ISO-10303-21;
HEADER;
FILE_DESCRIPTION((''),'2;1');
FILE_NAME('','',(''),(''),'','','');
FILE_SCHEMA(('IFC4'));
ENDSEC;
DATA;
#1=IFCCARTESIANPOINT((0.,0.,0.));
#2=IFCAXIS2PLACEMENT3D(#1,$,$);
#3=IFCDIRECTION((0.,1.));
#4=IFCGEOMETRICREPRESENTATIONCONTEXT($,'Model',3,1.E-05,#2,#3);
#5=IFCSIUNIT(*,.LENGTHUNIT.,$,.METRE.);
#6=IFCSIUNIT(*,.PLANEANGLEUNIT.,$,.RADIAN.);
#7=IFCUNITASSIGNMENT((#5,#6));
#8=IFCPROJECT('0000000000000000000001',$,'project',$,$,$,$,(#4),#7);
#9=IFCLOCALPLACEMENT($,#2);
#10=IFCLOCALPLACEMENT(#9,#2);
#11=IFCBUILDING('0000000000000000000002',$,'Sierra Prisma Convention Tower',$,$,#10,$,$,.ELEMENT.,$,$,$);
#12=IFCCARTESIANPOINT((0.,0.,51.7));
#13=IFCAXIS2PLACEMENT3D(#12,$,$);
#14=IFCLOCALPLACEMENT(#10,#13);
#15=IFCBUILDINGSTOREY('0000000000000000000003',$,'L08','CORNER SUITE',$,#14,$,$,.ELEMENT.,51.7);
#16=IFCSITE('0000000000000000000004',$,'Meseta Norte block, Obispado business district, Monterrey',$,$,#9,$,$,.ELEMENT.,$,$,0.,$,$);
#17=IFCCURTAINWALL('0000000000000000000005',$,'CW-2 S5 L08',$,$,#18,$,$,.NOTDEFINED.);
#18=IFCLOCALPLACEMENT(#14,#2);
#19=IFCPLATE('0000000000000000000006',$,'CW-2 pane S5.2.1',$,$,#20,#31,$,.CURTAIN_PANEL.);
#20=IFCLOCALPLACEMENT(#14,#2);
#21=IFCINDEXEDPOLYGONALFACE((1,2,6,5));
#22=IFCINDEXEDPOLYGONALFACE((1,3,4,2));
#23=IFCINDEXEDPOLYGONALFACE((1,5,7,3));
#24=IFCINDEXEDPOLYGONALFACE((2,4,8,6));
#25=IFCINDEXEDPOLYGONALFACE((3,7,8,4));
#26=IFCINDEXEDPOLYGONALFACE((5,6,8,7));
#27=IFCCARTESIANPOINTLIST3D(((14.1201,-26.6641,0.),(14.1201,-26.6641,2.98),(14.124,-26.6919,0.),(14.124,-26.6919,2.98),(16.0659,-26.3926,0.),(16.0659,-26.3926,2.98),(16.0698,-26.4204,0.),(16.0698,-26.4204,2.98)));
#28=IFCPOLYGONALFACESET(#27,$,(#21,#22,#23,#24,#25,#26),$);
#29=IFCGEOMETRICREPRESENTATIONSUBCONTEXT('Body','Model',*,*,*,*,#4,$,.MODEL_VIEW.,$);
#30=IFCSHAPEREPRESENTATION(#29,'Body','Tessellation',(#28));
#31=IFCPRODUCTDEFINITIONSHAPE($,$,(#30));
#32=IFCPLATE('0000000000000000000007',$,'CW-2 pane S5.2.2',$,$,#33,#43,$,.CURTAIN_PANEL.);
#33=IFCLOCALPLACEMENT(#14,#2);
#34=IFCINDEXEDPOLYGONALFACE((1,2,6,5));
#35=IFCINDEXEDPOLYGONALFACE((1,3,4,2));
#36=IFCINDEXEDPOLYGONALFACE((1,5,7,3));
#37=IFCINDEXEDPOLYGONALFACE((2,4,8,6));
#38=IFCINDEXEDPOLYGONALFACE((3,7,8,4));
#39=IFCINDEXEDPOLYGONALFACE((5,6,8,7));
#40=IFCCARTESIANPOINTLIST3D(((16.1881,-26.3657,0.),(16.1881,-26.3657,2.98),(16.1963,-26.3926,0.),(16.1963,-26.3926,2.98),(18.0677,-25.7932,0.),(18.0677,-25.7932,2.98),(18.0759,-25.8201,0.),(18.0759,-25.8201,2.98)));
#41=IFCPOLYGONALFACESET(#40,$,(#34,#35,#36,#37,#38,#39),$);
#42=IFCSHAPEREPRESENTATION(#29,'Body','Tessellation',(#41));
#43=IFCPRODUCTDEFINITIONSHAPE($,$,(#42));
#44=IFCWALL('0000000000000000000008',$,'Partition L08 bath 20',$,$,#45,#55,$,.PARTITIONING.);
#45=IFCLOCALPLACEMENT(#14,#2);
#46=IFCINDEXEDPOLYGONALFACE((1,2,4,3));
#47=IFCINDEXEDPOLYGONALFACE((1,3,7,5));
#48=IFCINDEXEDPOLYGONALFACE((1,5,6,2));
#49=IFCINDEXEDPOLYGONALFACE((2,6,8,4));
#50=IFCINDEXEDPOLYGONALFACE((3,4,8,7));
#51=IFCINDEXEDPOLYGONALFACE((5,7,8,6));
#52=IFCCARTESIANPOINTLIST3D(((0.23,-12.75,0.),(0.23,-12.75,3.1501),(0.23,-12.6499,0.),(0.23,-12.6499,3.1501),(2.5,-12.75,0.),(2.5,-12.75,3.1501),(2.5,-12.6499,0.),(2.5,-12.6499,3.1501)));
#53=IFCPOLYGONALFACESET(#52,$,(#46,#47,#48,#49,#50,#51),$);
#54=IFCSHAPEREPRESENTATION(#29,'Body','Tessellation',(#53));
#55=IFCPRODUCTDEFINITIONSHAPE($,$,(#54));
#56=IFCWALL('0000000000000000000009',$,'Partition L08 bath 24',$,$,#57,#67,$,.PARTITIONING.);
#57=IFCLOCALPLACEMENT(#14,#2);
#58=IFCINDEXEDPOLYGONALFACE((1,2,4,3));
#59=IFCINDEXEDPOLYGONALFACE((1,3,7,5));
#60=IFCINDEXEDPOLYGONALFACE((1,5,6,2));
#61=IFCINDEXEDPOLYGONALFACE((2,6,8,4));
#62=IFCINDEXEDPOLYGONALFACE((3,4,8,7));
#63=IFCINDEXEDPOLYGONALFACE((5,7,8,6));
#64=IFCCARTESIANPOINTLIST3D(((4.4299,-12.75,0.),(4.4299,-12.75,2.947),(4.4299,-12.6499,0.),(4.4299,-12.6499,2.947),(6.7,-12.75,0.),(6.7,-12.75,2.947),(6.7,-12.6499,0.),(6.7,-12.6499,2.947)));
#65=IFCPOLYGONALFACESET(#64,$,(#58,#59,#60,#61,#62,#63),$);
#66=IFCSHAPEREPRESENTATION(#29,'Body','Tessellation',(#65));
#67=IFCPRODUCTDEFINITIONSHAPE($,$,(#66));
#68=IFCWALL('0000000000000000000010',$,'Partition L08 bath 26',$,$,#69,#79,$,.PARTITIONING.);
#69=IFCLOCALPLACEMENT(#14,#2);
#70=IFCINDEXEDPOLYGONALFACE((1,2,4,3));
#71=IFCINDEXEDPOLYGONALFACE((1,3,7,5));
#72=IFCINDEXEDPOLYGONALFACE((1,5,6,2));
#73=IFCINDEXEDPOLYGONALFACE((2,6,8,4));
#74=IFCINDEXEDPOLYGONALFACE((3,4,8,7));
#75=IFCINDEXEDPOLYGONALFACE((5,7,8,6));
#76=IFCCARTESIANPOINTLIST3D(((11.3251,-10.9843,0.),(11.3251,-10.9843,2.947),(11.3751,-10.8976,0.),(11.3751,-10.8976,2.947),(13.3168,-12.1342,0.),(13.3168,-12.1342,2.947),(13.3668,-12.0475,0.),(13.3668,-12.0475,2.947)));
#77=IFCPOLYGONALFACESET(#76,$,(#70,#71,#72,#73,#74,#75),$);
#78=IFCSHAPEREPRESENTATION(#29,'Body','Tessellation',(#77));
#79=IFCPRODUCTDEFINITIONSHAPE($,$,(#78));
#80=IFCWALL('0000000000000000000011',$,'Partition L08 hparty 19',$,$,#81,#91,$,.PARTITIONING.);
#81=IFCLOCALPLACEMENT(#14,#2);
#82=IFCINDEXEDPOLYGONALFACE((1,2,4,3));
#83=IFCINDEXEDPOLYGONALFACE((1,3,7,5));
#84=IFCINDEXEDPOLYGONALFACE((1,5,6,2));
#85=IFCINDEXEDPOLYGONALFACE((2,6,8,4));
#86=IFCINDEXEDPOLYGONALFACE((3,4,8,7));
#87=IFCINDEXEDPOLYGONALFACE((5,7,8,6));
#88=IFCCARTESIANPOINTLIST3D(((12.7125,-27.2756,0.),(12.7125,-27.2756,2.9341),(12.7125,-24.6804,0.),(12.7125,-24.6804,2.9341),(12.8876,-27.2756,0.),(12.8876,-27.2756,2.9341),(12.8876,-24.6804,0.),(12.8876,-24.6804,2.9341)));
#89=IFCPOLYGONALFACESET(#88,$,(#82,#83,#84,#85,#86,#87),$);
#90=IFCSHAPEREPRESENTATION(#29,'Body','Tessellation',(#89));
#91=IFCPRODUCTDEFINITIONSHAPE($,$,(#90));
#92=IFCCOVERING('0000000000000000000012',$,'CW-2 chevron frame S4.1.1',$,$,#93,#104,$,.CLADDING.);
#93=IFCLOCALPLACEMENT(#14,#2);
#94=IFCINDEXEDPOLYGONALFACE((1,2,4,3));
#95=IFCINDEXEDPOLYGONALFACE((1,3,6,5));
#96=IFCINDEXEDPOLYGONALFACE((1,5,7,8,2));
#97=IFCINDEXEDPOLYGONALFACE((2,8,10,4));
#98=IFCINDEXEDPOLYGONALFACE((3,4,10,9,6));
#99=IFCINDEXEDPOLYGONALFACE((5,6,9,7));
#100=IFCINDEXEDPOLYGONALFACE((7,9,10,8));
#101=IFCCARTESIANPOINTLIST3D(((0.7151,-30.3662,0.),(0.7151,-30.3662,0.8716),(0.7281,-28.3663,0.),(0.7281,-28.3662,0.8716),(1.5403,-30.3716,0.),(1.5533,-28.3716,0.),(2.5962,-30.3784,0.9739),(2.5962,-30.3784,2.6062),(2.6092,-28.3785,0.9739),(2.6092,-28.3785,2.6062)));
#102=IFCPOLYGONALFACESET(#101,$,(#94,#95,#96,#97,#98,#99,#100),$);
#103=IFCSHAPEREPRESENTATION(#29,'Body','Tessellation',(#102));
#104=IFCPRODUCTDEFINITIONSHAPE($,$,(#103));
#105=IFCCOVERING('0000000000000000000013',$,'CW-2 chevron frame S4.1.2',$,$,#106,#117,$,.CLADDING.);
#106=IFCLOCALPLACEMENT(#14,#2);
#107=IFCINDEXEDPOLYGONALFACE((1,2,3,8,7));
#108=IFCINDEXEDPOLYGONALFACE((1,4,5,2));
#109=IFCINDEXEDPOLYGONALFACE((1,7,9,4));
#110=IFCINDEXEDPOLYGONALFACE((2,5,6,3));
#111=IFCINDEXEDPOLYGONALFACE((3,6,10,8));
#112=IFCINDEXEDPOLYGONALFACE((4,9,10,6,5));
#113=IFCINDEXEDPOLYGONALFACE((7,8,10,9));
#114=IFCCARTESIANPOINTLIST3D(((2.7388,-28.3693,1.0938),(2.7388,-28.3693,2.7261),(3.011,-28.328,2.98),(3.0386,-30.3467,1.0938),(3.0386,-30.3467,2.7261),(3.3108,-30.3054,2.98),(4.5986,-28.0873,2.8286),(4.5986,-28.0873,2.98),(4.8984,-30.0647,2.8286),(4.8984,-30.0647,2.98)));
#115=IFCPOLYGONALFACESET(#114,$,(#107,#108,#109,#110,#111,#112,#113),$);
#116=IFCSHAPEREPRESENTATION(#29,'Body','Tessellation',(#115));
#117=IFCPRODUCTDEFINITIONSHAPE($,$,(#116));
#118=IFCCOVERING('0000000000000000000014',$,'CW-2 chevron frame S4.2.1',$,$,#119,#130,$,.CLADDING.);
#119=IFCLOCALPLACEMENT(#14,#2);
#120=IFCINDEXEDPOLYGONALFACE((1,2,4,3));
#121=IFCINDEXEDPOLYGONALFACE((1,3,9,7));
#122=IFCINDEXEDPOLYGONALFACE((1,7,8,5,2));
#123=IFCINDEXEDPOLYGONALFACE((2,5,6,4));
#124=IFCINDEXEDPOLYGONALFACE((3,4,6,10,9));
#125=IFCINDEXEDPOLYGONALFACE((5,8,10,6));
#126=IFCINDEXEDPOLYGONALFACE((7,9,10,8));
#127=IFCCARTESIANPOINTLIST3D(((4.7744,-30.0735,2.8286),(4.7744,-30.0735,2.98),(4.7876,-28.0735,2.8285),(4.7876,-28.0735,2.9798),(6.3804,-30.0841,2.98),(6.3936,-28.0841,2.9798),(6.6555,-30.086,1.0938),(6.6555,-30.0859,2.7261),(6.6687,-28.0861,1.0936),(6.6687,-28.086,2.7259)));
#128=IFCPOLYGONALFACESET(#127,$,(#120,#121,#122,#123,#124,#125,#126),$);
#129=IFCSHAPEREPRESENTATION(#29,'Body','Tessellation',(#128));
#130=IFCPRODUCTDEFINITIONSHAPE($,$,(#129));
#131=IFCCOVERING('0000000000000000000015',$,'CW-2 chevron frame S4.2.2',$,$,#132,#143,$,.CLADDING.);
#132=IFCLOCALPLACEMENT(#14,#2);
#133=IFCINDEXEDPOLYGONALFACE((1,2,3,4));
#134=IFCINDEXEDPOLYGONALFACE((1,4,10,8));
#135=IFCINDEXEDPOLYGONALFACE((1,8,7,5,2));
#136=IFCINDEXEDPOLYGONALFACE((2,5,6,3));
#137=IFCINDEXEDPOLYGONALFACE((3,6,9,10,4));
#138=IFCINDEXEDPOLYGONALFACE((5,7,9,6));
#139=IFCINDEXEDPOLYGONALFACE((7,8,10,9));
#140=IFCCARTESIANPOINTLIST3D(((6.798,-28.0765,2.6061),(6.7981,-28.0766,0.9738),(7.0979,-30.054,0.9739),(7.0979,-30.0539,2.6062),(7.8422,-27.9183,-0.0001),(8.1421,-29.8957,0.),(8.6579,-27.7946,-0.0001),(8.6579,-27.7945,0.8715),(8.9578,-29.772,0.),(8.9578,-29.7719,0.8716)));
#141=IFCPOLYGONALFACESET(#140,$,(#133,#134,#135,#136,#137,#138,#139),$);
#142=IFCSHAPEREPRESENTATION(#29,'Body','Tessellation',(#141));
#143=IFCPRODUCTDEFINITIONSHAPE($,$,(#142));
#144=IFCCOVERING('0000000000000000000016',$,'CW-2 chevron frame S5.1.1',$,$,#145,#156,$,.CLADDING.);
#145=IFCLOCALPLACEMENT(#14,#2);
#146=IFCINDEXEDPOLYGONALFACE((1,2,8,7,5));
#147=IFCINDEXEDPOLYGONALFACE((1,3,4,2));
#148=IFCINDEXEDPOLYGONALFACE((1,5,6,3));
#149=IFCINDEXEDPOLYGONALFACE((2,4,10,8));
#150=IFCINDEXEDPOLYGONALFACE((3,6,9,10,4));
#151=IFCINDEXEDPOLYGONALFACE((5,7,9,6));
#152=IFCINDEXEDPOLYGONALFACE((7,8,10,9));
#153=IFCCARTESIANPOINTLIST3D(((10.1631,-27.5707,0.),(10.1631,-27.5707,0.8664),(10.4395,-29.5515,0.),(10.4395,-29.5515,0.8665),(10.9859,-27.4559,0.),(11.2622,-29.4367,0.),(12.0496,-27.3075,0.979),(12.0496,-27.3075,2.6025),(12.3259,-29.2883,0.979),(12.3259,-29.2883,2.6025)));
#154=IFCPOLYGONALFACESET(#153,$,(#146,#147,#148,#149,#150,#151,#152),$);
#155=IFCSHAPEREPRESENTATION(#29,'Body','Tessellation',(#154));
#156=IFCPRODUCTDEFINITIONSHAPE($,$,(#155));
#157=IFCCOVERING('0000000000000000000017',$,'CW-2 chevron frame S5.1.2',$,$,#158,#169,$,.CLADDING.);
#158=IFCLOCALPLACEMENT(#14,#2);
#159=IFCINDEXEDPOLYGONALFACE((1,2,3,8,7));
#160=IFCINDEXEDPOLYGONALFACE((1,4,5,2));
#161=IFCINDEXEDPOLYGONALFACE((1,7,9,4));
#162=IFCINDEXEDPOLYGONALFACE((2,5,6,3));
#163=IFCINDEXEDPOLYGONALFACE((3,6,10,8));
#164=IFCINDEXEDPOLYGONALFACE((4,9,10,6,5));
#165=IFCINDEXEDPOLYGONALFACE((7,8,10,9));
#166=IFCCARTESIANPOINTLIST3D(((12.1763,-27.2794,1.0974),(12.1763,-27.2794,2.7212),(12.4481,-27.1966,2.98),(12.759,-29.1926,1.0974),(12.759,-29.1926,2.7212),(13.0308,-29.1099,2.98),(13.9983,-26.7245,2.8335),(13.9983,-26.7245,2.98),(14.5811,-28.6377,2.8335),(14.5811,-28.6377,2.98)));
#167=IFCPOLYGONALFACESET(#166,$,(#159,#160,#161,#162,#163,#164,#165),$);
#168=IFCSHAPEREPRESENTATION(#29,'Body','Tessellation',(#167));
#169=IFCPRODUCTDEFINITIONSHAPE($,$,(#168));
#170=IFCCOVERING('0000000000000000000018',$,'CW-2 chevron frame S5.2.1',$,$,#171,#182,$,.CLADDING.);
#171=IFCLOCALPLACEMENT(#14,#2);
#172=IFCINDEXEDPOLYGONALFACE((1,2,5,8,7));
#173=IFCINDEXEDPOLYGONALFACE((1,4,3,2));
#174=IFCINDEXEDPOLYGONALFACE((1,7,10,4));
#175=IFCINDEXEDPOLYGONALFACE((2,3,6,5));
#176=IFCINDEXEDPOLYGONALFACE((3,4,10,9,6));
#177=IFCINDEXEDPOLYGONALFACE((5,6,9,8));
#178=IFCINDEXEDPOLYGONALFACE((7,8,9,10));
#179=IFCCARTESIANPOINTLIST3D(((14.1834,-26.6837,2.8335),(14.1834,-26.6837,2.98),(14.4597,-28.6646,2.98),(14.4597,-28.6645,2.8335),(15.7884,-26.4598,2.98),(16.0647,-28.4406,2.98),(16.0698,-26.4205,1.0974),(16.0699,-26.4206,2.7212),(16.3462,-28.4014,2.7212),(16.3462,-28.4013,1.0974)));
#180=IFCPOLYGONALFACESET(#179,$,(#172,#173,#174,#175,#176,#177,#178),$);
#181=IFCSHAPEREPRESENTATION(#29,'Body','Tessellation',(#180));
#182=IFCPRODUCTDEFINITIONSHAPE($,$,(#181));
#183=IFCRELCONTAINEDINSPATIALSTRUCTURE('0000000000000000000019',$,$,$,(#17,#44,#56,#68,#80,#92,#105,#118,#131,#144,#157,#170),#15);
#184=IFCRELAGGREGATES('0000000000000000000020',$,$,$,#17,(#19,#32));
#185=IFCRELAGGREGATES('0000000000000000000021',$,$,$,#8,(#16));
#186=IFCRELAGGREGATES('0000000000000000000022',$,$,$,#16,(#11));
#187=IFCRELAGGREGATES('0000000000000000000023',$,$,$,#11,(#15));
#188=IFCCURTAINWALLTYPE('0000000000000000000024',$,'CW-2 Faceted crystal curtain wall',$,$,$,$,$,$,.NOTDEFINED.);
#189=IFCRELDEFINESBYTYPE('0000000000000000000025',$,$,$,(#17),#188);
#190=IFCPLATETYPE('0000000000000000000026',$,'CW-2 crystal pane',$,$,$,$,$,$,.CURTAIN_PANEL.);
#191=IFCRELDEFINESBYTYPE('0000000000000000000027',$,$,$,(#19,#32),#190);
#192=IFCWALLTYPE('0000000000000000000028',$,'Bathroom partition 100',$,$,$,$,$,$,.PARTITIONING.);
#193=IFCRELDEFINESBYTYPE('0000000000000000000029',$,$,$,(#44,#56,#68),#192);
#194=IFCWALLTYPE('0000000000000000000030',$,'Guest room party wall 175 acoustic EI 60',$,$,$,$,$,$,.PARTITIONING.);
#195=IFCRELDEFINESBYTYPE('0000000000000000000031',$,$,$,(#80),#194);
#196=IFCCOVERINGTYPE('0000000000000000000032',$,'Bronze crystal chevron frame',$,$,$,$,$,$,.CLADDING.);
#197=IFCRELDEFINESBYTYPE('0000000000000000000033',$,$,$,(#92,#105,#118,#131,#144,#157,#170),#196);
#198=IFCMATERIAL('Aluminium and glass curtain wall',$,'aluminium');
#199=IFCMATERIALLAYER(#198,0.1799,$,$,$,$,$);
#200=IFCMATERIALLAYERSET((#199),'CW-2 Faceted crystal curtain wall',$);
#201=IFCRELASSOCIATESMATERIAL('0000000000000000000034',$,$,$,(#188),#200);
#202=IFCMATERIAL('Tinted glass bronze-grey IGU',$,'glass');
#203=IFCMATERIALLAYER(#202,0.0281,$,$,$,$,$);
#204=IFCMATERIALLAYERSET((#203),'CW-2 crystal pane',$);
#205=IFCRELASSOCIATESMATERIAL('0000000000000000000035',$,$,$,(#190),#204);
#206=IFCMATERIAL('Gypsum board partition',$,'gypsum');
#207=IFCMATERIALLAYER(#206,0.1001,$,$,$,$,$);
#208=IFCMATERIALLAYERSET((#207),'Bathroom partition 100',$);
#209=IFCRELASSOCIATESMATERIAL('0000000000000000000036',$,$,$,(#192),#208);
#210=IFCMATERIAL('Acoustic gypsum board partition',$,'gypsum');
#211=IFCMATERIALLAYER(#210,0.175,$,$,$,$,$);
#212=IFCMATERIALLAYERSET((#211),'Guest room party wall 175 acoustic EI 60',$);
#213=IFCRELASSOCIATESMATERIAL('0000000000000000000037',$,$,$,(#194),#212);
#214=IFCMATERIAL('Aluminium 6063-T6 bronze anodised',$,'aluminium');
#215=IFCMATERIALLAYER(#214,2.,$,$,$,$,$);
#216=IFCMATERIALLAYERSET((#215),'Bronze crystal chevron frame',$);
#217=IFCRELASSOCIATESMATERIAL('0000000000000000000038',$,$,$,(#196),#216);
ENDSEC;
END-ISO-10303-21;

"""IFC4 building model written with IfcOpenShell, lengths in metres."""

from ifc_helpers import new_model, si_unit, direction, frame, frame_2d, origin, place, context, subcontext, project, spatial, polyline, rectangle, outline, extrude, material, layer, layer_set, type_object, element, aggregate, save


model = new_model("IFC4")

# Units and contexts
model_context = context("Model", 3, precision=1e-05, world=origin(), true_north=direction((0.0, 1.0)))
body_context = subcontext(model_context, "Body", "Model", "MODEL_VIEW")
ifc_project = project(units=[si_unit("LENGTHUNIT", "METRE"), si_unit("PLANEANGLEUNIT", "RADIAN")], contexts=[model_context])

# Site, building, storey
site_placement = place(None, origin())
site = spatial("IfcSite", under=ifc_project, at=site_placement, Name="Meseta Norte block, Obispado business district, Monterrey", CompositionType="ELEMENT", RefElevation=0.0)
building_placement = place(site_placement, origin())
building = spatial("IfcBuilding", under=site, at=building_placement, Name="Sierra Prisma Convention Tower", CompositionType="ELEMENT")
storey_placement = place(building_placement, frame((0.0, 0.0, 51.7)))
storey = spatial("IfcBuildingStorey", under=building, at=storey_placement, Name="L08", Description="CORNER SUITE", CompositionType="ELEMENT", Elevation=51.7)

# Curtain wall
ifc_material_1 = material(Name="Aluminium and glass curtain wall", Category="aluminium")
ifc_layer_1 = layer(ifc_material_1, 0.1799)
ifc_layer_set_1 = layer_set([ifc_layer_1], Name="CW-2 Faceted crystal curtain wall")
curtain_wall_type = type_object("IfcCurtainWallType", Name="CW-2 Faceted crystal curtain wall", PredefinedType="NOTDEFINED", material=ifc_layer_set_1)
curtain_wall_1_placement = place(storey_placement, origin())
curtain_wall_1 = element("IfcCurtainWall", 1, at=curtain_wall_1_placement, inside=storey, type_object=curtain_wall_type, Name="CW-2 S5 L08", PredefinedType="NOTDEFINED")

# Plates
ifc_material_2 = material(Name="Tinted glass bronze-grey IGU", Category="glass")
ifc_layer_2 = layer(ifc_material_2, 0.0281)
ifc_layer_set_2 = layer_set([ifc_layer_2], Name="CW-2 crystal pane")
plate_type = type_object("IfcPlateType", Name="CW-2 crystal pane", PredefinedType="CURTAIN_PANEL", material=ifc_layer_set_2)
plate_1_placement = place(storey_placement, frame((14.124, -26.6919, 0.0), z_axis=(0.138185, -0.990406, 0.0), x_axis=(0.990406, 0.138185, 0.0)))
plate_1 = element("IfcPlate", 2, at=plate_1_placement, type_object=plate_type, Name="CW-2 pane S5.2.1", PredefinedType="CURTAIN_PANEL", context=body_context, shape_type="SweptSolid", body=[
    extrude(outline(polyline([(0.0, 0.0), (1.9646, 0.0), (1.9646, 2.98), (0.0, 2.98), (0.0, 0.0)])), origin(), (0.0, 0.0, -1.0), 0.0281),
])
plate_2_placement = place(storey_placement, frame((18.0759, -25.8201, 0.0), z_axis=(0.291369, -0.956611, 0.0), x_axis=(-0.956611, -0.291369, 0.0)))
plate_2 = element("IfcPlate", 3, at=plate_2_placement, type_object=plate_type, Name="CW-2 pane S5.2.2", PredefinedType="CURTAIN_PANEL", context=body_context, shape_type="SweptSolid", body=[
    extrude(outline(polyline([(0.0, 0.0), (1.9649, 0.0), (1.9649, -2.98), (0.0, -2.98), (0.0, 0.0)])), origin(), (0.0, 0.0, -1.0), 0.0281),
])
aggregate(curtain_wall_1, [plate_1, plate_2])

# Walls
ifc_material_3 = material(Name="Gypsum board partition", Category="gypsum")
ifc_layer_3 = layer(ifc_material_3, 0.1001)
ifc_layer_set_3 = layer_set([ifc_layer_3], Name="Bathroom partition 100")
wall_type_1 = type_object("IfcWallType", Name="Bathroom partition 100", PredefinedType="PARTITIONING", material=ifc_layer_set_3)
wall_1_placement = place(storey_placement, frame((2.5, -12.7, 0.0), z_axis=(0.0, 0.0, 1.0), x_axis=(-1.0, 0.0, 0.0)))
element("IfcWall", 4, at=wall_1_placement, inside=storey, type_object=wall_type_1, Name="Partition L08 bath 20", PredefinedType="PARTITIONING", context=body_context, shape_type="SweptSolid", body=[
    extrude(rectangle(XDim=2.27, YDim=0.1001, at=frame_2d((1.135, 0.0))), origin(), (0.0, 0.0, 1.0), 3.1501),
])
wall_2_placement = place(storey_placement, frame((6.7, -12.7, 0.0), z_axis=(0.0, 0.0, 1.0), x_axis=(-1.0, 0.0, 0.0)))
element("IfcWall", 5, at=wall_2_placement, inside=storey, type_object=wall_type_1, Name="Partition L08 bath 24", PredefinedType="PARTITIONING", context=body_context, shape_type="SweptSolid", body=[
    extrude(rectangle(XDim=2.27, YDim=0.1001, at=frame_2d((1.135, 0.0))), origin(), (0.0, 0.0, 1.0), 2.947),
])
wall_3_placement = place(storey_placement, frame((13.3418, -12.0908, 0.0), z_axis=(0.0, 0.0, 1.0), x_axis=(-0.866026, 0.499998, 0.0)))
element("IfcWall", 6, at=wall_3_placement, inside=storey, type_object=wall_type_1, Name="Partition L08 bath 26", PredefinedType="PARTITIONING", context=body_context, shape_type="SweptSolid", body=[
    extrude(rectangle(XDim=2.2998, YDim=0.1001, at=frame_2d((1.1499, 0.0))), origin(), (0.0, 0.0, 1.0), 2.947),
])
ifc_material_4 = material(Name="Acoustic gypsum board partition", Category="gypsum")
ifc_layer_4 = layer(ifc_material_4, 0.175)
ifc_layer_set_4 = layer_set([ifc_layer_4], Name="Guest room party wall 175 acoustic EI 60")
wall_type_2 = type_object("IfcWallType", Name="Guest room party wall 175 acoustic EI 60", PredefinedType="PARTITIONING", material=ifc_layer_set_4)
wall_4_placement = place(storey_placement, frame((12.8, -24.6804, 0.0), z_axis=(0.0, 0.0, 1.0), x_axis=(0.0, -1.0, 0.0)))
element("IfcWall", 7, at=wall_4_placement, inside=storey, type_object=wall_type_2, Name="Partition L08 hparty 19", PredefinedType="PARTITIONING", context=body_context, shape_type="SweptSolid", body=[
    extrude(rectangle(XDim=2.5952, YDim=0.175, at=frame_2d((1.2976, 0.0))), origin(), (0.0, 0.0, 1.0), 2.9341),
])

# Coverings
ifc_material_5 = material(Name="Aluminium 6063-T6 bronze anodised", Category="aluminium")
ifc_layer_5 = layer(ifc_material_5, 2.0)
ifc_layer_set_5 = layer_set([ifc_layer_5], Name="Bronze crystal chevron frame")
covering_type = type_object("IfcCoveringType", Name="Bronze crystal chevron frame", PredefinedType="CLADDING", material=ifc_layer_set_5)
covering_1_placement = place(storey_placement, frame((0.7151, -30.3662, 0.0), z_axis=(-0.006492, -0.999979, 0.000006), x_axis=(0.999979, -0.006492, 0.0)))
element("IfcCovering", 8, at=covering_1_placement, inside=storey, type_object=covering_type, Name="CW-2 chevron frame S4.1.1", PredefinedType="CLADDING", context=body_context, shape_type="SweptSolid", body=[
    extrude(outline(polyline([(0.0, 0.0), (0.8252, 0.0), (1.8811, 0.9739), (1.8811, 2.6062), (0.0, 0.8716), (0.0, 0.0)])), origin(), (0.0, 0.0, -1.0), 2.0),
])
covering_2_placement = place(storey_placement, frame((3.0386, -30.3467, 2.7261), z_axis=(0.149902, -0.988701, -0.000006), x_axis=(-0.000001, 0.000006, -1.0)))
element("IfcCovering", 9, at=covering_2_placement, inside=storey, type_object=covering_type, Name="CW-2 chevron frame S4.1.2", PredefinedType="CLADDING", context=body_context, shape_type="SweptSolid", body=[
    extrude(outline(polyline([(0.0, 0.0), (1.6323, 0.0), (-0.1025, 1.8811), (-0.2539, 1.8811), (-0.2539, 0.2753), (0.0, 0.0)])), origin(), (0.0, 0.0, -1.0), 2.0),
])
covering_3_placement = place(storey_placement, frame((4.7744, -30.0735, 2.98), z_axis=(-0.00661, -0.999978, 0.000066), x_axis=(0.0, -0.000066, -1.0)))
element("IfcCovering", 10, at=covering_3_placement, inside=storey, type_object=covering_type, Name="CW-2 chevron frame S4.2.1", PredefinedType="CLADDING", context=body_context, shape_type="SweptSolid", body=[
    extrude(outline(polyline([(0.0, 0.0), (0.1514, 0.0), (1.8862, 1.8811), (0.2539, 1.8811), (0.0, 1.606), (0.0, 0.0)])), origin(), (0.0, 0.0, -1.0), 2.0),
])
covering_4_placement = place(storey_placement, frame((8.9578, -29.772, 0.0), z_axis=(0.149921, -0.988698, 0.000038), x_axis=(-0.000006, 0.000037, 1.0)))
element("IfcCovering", 11, at=covering_4_placement, inside=storey, type_object=covering_type, Name="CW-2 chevron frame S4.2.2", PredefinedType="CLADDING", context=body_context, shape_type="SweptSolid", body=[
    extrude(outline(polyline([(0.0, 0.0), (0.8716, 0.0), (2.6062, 1.8811), (0.9739, 1.8811), (0.0, 0.825), (0.0, 0.0)])), origin(), (0.0, 0.0, -1.0), 2.0),
])
covering_5_placement = place(storey_placement, frame((10.4395, -29.5515, 0.0), z_axis=(0.138166, -0.990409, 0.000013), x_axis=(0.990409, 0.138166, 0.0)))
element("IfcCovering", 12, at=covering_5_placement, inside=storey, type_object=covering_type, Name="CW-2 chevron frame S5.1.1", PredefinedType="CLADDING", context=body_context, shape_type="SweptSolid", body=[
    extrude(outline(polyline([(0.0, 0.0), (0.8307, 0.0), (1.9047, 0.979), (1.9047, 2.6025), (0.0, 0.8665), (0.0, 0.0)])), origin(), (0.0, 0.0, -1.0), 2.0),
])
covering_6_placement = place(storey_placement, frame((12.759, -29.1926, 2.7212), z_axis=(0.291355, -0.956615, 0.000002), x_axis=(0.0, -0.000002, -1.0)))
element("IfcCovering", 13, at=covering_6_placement, inside=storey, type_object=covering_type, Name="CW-2 chevron frame S5.1.2", PredefinedType="CLADDING", context=body_context, shape_type="SweptSolid", body=[
    extrude(outline(polyline([(0.0, 0.0), (1.6238, 0.0), (-0.1123, 1.9047), (-0.2588, 1.9047), (-0.2588, 0.2841), (0.0, 0.0)])), origin(), (0.0, 0.0, -1.0), 2.0),
])
covering_7_placement = place(storey_placement, frame((14.4597, -28.6646, 2.98), z_axis=(0.13817, -0.990408, -0.000017), x_axis=(-0.000002, 0.000017, -1.0)))
element("IfcCovering", 14, at=covering_7_placement, inside=storey, type_object=covering_type, Name="CW-2 chevron frame S5.2.1", PredefinedType="CLADDING", context=body_context, shape_type="SweptSolid", body=[
    extrude(outline(polyline([(0.0, 0.0), (0.1465, 0.0), (1.8826, 1.9047), (0.2588, 1.9047), (0.0, 1.6205), (0.0, 0.0)])), origin(), (0.0, 0.0, -1.0), 2.0),
])

save(model, "model.ifc")
